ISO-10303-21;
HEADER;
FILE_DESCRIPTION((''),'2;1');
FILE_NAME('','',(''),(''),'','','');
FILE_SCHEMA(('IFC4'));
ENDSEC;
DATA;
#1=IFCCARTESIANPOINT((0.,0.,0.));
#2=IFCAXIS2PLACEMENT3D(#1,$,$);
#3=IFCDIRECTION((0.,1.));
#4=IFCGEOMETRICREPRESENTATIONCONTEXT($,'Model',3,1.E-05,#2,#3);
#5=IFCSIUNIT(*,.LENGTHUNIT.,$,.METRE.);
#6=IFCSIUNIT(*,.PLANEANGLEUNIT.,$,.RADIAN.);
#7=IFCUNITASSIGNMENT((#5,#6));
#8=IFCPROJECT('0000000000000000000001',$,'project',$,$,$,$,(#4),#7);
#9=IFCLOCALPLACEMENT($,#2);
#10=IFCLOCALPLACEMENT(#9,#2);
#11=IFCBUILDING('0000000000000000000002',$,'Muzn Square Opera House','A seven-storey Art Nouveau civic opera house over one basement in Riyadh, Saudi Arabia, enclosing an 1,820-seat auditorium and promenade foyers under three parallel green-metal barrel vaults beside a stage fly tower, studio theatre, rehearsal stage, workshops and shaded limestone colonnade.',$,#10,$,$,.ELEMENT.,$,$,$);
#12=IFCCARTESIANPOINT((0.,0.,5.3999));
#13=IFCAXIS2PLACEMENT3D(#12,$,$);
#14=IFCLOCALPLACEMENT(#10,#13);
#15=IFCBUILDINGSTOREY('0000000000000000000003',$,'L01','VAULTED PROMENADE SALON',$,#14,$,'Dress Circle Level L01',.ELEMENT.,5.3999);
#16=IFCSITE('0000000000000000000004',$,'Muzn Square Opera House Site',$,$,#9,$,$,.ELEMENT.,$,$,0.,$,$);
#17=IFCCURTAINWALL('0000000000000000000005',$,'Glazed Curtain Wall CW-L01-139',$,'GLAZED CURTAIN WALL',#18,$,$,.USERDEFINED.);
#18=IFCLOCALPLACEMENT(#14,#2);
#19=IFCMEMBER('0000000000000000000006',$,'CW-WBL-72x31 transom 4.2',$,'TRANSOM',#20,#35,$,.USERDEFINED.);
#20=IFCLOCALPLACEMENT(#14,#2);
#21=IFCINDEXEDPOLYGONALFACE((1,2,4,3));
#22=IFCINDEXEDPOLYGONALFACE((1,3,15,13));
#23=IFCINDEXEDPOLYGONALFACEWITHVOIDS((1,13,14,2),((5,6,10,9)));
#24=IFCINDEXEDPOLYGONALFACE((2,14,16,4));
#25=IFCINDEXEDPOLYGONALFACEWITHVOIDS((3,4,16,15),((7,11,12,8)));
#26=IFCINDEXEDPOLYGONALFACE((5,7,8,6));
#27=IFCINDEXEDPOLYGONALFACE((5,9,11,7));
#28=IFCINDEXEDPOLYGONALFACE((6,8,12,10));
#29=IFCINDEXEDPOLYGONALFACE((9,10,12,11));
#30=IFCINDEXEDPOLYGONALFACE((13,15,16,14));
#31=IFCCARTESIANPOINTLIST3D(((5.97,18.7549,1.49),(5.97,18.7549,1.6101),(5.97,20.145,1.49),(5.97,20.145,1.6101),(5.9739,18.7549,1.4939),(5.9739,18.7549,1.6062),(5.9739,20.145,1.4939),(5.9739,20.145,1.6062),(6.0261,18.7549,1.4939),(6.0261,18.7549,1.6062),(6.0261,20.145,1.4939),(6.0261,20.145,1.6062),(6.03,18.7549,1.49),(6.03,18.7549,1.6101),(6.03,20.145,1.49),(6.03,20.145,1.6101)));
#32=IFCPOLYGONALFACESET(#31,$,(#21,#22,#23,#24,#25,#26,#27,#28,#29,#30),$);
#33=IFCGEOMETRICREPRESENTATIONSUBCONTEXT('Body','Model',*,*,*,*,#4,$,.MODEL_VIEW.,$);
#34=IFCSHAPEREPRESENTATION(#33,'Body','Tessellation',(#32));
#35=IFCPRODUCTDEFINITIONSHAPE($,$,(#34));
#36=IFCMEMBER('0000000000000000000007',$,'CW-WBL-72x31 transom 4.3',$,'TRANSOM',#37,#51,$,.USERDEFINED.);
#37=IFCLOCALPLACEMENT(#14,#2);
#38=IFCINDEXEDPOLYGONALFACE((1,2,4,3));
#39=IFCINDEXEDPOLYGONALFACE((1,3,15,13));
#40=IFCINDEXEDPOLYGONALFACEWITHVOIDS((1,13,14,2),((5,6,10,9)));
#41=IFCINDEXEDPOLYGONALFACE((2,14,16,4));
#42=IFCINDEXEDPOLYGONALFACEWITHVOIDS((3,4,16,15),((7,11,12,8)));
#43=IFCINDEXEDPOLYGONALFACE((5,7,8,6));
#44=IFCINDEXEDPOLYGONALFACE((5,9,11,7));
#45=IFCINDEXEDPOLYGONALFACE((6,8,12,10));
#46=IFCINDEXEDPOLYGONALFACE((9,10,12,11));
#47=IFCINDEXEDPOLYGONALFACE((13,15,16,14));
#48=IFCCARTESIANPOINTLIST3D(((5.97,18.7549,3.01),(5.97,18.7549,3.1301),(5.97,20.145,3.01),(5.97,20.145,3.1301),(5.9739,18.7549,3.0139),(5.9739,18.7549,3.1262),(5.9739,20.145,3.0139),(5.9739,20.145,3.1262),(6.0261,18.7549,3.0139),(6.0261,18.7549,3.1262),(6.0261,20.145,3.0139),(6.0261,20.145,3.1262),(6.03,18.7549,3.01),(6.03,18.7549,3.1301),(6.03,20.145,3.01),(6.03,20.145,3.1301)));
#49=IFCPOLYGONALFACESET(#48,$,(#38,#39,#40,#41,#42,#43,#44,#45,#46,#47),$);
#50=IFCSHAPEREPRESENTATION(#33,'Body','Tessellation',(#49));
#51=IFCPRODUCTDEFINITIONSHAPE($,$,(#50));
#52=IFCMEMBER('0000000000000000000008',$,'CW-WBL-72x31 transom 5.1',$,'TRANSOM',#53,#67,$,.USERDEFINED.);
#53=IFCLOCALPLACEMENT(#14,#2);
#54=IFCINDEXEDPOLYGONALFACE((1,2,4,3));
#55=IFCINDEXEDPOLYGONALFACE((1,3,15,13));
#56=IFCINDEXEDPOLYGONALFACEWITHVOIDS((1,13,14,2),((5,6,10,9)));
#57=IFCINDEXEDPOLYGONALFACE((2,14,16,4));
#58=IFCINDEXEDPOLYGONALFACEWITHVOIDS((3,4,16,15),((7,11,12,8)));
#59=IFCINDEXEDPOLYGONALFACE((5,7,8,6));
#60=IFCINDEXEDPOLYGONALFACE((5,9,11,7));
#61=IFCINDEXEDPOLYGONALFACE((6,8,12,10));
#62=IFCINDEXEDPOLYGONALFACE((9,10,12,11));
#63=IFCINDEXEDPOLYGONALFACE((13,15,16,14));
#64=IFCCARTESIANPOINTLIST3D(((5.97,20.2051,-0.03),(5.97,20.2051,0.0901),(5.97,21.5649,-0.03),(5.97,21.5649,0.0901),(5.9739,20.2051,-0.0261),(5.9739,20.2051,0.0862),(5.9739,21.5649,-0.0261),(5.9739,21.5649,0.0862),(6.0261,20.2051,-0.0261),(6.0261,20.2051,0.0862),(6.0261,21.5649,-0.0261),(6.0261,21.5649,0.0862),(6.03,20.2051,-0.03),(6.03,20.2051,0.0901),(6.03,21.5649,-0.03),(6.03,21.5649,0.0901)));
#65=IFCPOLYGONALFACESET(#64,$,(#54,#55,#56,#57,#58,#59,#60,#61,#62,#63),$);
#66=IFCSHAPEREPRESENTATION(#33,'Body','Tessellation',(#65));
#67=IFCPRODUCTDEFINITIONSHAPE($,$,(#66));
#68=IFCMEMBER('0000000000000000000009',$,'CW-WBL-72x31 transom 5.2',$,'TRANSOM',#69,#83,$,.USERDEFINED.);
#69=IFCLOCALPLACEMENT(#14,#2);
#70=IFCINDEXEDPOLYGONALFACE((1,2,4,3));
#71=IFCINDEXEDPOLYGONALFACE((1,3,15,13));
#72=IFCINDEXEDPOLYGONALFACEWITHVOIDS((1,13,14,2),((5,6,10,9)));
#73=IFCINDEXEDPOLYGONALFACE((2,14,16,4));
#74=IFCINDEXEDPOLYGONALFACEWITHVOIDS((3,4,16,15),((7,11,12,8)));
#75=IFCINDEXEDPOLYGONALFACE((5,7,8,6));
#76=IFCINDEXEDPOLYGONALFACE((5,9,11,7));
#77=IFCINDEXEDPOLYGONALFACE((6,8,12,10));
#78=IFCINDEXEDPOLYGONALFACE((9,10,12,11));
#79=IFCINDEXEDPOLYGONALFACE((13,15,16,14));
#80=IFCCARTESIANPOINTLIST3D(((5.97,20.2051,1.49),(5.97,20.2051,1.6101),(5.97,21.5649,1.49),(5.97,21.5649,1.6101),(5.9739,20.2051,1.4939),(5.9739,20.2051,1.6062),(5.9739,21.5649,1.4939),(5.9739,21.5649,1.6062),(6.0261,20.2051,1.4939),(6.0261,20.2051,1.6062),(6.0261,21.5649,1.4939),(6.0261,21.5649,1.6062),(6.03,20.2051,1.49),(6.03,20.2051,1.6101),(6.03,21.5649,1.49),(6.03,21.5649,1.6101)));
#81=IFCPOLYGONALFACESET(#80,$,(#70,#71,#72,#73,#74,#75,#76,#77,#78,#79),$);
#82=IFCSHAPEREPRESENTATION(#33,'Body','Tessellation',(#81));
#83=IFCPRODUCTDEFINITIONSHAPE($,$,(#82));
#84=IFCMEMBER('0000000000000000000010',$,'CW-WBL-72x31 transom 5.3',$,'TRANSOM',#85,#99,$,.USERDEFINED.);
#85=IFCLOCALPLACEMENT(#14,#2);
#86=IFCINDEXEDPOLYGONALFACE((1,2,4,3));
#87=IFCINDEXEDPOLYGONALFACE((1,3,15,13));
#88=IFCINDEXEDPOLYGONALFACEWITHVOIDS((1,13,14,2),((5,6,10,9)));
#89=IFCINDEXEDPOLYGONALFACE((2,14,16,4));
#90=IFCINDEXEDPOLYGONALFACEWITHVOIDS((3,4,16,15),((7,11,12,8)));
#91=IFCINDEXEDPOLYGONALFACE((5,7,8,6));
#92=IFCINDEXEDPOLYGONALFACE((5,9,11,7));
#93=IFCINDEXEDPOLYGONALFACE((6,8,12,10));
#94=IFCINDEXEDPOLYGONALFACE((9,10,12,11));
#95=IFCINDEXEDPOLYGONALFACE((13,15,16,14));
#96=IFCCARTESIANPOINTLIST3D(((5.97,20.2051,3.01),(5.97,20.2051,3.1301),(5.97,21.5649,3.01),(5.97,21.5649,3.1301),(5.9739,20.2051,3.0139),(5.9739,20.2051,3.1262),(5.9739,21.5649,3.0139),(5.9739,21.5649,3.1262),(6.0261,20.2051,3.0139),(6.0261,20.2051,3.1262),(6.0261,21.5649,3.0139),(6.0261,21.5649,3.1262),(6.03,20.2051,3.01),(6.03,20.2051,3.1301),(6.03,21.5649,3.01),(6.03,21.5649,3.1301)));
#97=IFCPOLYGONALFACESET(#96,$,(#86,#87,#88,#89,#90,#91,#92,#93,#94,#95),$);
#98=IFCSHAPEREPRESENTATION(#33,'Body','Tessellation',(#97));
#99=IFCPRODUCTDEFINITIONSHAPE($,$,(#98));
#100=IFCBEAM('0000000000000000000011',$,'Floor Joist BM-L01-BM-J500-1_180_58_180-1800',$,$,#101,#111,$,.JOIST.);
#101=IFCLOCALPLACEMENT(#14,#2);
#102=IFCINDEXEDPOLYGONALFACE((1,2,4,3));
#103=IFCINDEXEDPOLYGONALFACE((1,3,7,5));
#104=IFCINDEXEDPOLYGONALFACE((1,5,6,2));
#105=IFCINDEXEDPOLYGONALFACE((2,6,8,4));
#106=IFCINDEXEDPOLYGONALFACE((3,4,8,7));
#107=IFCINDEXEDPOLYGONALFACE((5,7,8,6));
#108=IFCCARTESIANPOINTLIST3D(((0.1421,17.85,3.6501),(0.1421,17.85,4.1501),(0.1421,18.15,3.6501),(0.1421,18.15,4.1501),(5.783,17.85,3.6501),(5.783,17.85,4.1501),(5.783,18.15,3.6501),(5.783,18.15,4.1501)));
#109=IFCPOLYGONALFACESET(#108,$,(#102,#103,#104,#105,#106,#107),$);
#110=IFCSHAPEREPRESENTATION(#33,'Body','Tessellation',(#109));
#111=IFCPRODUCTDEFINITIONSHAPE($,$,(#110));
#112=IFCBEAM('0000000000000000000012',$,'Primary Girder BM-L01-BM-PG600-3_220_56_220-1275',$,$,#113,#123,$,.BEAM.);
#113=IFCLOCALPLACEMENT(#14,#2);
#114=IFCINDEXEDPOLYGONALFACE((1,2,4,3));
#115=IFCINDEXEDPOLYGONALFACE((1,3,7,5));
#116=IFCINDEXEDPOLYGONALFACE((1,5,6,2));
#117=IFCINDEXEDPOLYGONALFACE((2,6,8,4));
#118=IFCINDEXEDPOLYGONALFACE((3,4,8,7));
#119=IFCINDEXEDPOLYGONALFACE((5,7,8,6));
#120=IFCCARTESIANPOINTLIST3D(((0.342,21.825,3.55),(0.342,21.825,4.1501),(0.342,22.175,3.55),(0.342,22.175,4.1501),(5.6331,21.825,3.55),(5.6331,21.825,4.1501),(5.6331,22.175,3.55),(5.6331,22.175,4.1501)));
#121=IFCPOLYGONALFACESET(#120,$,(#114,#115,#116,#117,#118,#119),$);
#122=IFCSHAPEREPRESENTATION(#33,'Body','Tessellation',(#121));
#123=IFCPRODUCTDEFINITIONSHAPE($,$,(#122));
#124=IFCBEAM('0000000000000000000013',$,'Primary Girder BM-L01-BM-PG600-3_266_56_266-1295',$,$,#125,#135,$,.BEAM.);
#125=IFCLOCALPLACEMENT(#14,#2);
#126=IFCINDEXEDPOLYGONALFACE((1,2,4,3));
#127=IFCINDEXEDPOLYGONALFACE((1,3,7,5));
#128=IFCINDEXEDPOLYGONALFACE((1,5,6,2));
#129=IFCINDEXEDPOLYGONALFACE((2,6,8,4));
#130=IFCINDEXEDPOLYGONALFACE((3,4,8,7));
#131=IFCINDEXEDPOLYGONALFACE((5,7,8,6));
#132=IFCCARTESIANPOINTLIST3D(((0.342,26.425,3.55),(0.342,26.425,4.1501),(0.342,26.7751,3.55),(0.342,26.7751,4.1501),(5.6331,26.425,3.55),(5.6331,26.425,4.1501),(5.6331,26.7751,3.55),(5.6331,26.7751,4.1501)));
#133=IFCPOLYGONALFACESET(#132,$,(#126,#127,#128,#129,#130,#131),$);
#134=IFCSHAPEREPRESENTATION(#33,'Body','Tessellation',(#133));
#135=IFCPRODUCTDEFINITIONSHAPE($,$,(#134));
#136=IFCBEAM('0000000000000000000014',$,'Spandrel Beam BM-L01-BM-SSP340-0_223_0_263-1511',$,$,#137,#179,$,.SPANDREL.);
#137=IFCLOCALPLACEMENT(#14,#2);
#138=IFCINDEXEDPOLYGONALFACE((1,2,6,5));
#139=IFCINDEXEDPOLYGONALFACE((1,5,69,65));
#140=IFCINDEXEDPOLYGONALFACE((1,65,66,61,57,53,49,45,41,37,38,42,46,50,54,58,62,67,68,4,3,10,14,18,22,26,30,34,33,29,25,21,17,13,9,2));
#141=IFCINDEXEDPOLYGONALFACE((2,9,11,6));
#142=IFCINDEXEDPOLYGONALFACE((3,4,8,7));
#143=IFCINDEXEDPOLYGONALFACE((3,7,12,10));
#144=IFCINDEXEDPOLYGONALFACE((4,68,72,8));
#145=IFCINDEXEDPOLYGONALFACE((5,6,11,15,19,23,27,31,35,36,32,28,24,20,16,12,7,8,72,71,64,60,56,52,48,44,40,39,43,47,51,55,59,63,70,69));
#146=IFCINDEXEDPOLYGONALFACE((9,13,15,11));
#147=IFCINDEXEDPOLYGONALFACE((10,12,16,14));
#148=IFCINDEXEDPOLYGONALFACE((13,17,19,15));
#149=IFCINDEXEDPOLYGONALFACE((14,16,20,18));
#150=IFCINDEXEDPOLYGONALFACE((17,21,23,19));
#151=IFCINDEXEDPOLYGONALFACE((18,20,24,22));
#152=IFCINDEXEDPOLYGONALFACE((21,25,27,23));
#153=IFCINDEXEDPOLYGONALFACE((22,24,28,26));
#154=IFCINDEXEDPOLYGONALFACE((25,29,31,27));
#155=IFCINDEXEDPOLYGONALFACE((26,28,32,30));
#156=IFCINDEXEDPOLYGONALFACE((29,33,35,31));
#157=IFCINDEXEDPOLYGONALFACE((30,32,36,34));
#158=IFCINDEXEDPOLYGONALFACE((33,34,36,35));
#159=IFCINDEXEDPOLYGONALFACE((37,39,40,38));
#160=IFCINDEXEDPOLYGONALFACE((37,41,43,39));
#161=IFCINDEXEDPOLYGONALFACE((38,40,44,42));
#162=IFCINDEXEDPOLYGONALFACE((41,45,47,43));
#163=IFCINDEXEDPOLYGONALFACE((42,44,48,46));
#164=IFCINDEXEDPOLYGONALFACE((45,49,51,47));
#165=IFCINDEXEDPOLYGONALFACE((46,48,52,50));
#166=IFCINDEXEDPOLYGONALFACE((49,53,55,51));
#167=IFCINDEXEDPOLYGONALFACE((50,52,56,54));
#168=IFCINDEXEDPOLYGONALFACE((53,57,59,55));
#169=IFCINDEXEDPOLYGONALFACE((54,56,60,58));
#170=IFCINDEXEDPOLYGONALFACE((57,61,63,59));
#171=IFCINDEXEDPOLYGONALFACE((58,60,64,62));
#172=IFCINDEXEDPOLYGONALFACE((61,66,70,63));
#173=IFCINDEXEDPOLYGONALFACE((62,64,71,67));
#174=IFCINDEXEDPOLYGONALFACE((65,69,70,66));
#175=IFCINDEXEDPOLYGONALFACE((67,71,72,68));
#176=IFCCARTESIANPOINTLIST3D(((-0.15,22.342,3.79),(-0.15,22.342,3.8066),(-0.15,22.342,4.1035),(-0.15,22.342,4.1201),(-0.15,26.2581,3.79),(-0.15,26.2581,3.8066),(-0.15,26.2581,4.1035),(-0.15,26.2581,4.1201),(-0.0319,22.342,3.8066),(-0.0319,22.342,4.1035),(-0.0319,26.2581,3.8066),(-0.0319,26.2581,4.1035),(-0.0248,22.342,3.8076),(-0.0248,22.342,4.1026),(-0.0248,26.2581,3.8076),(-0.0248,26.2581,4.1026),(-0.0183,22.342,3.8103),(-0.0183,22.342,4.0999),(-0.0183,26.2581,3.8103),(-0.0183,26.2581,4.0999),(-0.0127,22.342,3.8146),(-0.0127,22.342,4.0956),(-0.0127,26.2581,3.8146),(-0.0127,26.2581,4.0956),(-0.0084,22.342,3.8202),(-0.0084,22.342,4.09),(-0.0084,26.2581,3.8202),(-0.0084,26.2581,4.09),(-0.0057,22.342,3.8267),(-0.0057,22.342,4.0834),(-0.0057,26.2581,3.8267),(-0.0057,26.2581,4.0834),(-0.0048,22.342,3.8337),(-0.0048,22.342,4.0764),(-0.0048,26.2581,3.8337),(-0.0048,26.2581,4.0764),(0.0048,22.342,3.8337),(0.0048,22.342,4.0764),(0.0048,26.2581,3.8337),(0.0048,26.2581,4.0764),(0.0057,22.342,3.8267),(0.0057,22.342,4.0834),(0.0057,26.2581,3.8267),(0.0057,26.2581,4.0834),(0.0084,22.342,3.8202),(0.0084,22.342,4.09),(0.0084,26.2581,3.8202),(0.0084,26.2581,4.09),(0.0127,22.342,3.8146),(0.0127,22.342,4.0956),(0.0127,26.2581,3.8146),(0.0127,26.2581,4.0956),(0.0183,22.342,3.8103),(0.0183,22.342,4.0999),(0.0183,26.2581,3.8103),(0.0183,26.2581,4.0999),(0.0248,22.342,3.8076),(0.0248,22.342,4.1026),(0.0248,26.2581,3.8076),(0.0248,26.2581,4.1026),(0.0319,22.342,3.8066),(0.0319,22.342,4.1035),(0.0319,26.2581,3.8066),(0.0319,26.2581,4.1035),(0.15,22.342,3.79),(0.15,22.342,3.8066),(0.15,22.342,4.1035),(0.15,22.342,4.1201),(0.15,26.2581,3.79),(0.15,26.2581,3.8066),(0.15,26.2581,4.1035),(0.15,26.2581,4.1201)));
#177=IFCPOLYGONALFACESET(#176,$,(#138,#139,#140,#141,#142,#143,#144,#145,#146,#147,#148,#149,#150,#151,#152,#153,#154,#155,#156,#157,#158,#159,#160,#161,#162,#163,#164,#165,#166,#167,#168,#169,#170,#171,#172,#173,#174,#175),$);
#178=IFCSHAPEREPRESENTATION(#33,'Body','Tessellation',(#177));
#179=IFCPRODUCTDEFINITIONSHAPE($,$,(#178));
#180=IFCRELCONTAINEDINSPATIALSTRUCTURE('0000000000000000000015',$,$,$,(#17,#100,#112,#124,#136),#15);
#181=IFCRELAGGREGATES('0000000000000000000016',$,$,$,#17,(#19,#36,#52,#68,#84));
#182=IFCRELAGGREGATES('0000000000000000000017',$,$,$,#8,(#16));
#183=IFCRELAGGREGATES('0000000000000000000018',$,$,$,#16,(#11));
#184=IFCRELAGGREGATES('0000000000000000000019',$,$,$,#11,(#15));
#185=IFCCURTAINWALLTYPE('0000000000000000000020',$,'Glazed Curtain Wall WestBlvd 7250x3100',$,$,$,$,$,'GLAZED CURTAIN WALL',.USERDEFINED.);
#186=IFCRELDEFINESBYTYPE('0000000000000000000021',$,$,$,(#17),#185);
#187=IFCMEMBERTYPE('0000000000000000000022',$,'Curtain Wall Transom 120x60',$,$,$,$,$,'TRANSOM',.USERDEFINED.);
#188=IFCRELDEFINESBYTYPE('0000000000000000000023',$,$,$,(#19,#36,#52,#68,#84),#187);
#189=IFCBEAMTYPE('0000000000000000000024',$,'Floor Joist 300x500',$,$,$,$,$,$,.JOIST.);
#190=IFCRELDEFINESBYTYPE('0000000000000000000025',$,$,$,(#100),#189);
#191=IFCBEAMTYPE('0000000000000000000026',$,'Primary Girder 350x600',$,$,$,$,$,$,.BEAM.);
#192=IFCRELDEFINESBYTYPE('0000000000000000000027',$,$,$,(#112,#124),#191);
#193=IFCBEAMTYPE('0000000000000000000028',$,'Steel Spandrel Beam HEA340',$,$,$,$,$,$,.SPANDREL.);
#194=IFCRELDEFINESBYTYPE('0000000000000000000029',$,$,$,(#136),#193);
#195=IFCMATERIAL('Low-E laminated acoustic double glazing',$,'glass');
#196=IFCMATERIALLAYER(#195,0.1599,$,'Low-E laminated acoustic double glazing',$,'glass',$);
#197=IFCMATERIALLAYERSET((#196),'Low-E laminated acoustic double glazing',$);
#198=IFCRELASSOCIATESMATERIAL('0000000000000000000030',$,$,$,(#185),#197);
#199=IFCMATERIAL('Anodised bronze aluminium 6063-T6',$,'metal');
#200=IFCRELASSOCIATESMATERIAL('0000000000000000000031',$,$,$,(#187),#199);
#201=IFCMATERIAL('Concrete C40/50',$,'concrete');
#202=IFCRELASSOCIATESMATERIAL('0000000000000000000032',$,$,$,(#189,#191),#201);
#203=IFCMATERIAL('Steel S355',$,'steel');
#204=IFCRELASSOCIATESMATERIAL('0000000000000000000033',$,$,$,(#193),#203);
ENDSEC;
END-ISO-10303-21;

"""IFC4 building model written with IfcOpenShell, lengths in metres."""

from ifc_helpers import new_model, si_unit, direction, frame, origin, origin_2d, place, context, subcontext, project, spatial, rectangle, hollow_rectangle, i_section, extrude, material, layer, layer_set, material_profile, profile_set, type_object, element, aggregate, save


model = new_model("IFC4")

# Units and contexts
model_context = context("Model", 3, precision=1e-05, world=origin(), true_north=direction((0.0, 1.0)))
body_context = subcontext(model_context, "Body", "Model", "MODEL_VIEW")
ifc_project = project(units=[si_unit("LENGTHUNIT", "METRE"), si_unit("PLANEANGLEUNIT", "RADIAN")], contexts=[model_context])

# Site, building, storey
site_placement = place(None, origin())
site = spatial("IfcSite", under=ifc_project, at=site_placement, Name="Muzn Square Opera House Site", CompositionType="ELEMENT", RefElevation=0.0)
building_placement = place(site_placement, origin())
building = spatial("IfcBuilding", under=site, at=building_placement, Name="Muzn Square Opera House", Description="A seven-storey Art Nouveau civic opera house over one basement in Riyadh, Saudi Arabia, enclosing an 1,820-seat auditorium and promenade foyers under three parallel green-metal barrel vaults beside a stage fly tower, studio theatre, rehearsal stage, workshops and shaded limestone colonnade.", CompositionType="ELEMENT")
storey_placement = place(building_placement, frame((0.0, 0.0, 5.3999)))
storey = spatial("IfcBuildingStorey", under=building, at=storey_placement, Name="L01", Description="VAULTED PROMENADE SALON", LongName="Dress Circle Level L01", CompositionType="ELEMENT", Elevation=5.3999)

# Curtain wall, members
ifc_material_1 = material(Name="Low-E laminated acoustic double glazing", Category="glass")
ifc_layer_1 = layer(ifc_material_1, 0.1599, Name="Low-E laminated acoustic double glazing", Category="glass")
ifc_layer_set_1 = layer_set([ifc_layer_1], Name="Low-E laminated acoustic double glazing")
curtain_wall_type = type_object("IfcCurtainWallType", Name="Glazed Curtain Wall WestBlvd 7250x3100", ElementType="GLAZED CURTAIN WALL", PredefinedType="USERDEFINED", material=ifc_layer_set_1)
curtain_wall_placement = place(storey_placement, origin())
curtain_wall = element("IfcCurtainWall", 1, at=curtain_wall_placement, inside=storey, type_object=curtain_wall_type, Name="Glazed Curtain Wall CW-L01-139", ObjectType="GLAZED CURTAIN WALL", PredefinedType="USERDEFINED")
ifc_material_2 = material(Name="Anodised bronze aluminium 6063-T6", Category="metal")
ifc_material_profile_1 = material_profile(ifc_material_2, hollow_rectangle(XDim=0.0601, YDim=0.1201, WallThickness=0.0039, at=origin_2d()), Name="ALU 120x60x4", Category="metal")
ifc_profile_set_1 = profile_set([ifc_material_profile_1], Name="Anodised bronze aluminium 6063-T6")
member_type_1 = type_object("IfcMemberType", Name="Curtain Wall Transom 120x60", ElementType="TRANSOM", PredefinedType="USERDEFINED", material=ifc_profile_set_1)
member_1_placement = place(storey_placement, frame((6.0, 18.7549, 1.55), z_axis=(0.0, 1.0, 0.0), x_axis=(-1.0, 0.0, 0.0)))
member_1 = element("IfcMember", 2, at=member_1_placement, type_object=member_type_1, Name="CW-WBL-72x31 transom 4.2", ObjectType="TRANSOM", PredefinedType="USERDEFINED", context=body_context, shape_type="SweptSolid", body=[
    extrude(hollow_rectangle(XDim=0.0601, YDim=0.1201, WallThickness=0.0039, at=origin_2d()), origin(), (0.0, 0.0, 1.0), 1.3901),
])
member_2_placement = place(storey_placement, frame((6.0, 18.7549, 3.0701), z_axis=(0.0, 1.0, 0.0), x_axis=(-1.0, 0.0, 0.0)))
member_2 = element("IfcMember", 3, at=member_2_placement, type_object=member_type_1, Name="CW-WBL-72x31 transom 4.3", ObjectType="TRANSOM", PredefinedType="USERDEFINED", context=body_context, shape_type="SweptSolid", body=[
    extrude(hollow_rectangle(XDim=0.0601, YDim=0.1201, WallThickness=0.0039, at=origin_2d()), origin(), (0.0, 0.0, 1.0), 1.3901),
])
member_3_placement = place(storey_placement, frame((6.0, 20.2051, 0.03), z_axis=(0.0, 1.0, 0.0), x_axis=(-1.0, 0.0, 0.0)))
member_3 = element("IfcMember", 4, at=member_3_placement, type_object=member_type_1, Name="CW-WBL-72x31 transom 5.1", ObjectType="TRANSOM", PredefinedType="USERDEFINED", context=body_context, shape_type="SweptSolid", body=[
    extrude(hollow_rectangle(XDim=0.0601, YDim=0.1201, WallThickness=0.0039, at=origin_2d()), origin(), (0.0, 0.0, 1.0), 1.3599),
])
member_4_placement = place(storey_placement, frame((6.0, 20.2051, 1.55), z_axis=(0.0, 1.0, 0.0), x_axis=(-1.0, 0.0, 0.0)))
member_4 = element("IfcMember", 5, at=member_4_placement, type_object=member_type_1, Name="CW-WBL-72x31 transom 5.2", ObjectType="TRANSOM", PredefinedType="USERDEFINED", context=body_context, shape_type="SweptSolid", body=[
    extrude(hollow_rectangle(XDim=0.0601, YDim=0.1201, WallThickness=0.0039, at=origin_2d()), origin(), (0.0, 0.0, 1.0), 1.3599),
])
member_5_placement = place(storey_placement, frame((6.0, 20.2051, 3.0701), z_axis=(0.0, 1.0, 0.0), x_axis=(-1.0, 0.0, 0.0)))
member_5 = element("IfcMember", 6, at=member_5_placement, type_object=member_type_1, Name="CW-WBL-72x31 transom 5.3", ObjectType="TRANSOM", PredefinedType="USERDEFINED", context=body_context, shape_type="SweptSolid", body=[
    extrude(hollow_rectangle(XDim=0.0601, YDim=0.1201, WallThickness=0.0039, at=origin_2d()), origin(), (0.0, 0.0, 1.0), 1.3599),
])

# Beams
ifc_material_3 = material(Name="Concrete C40/50", Category="concrete")
ifc_material_profile_2 = material_profile(ifc_material_3, rectangle(XDim=0.3, YDim=0.5, at=origin_2d()), Name="RCJ 300x500", Category="concrete")
ifc_profile_set_2 = profile_set([ifc_material_profile_2], Name="Concrete C40/50")
beam_type_1 = type_object("IfcBeamType", Name="Floor Joist 300x500", PredefinedType="JOIST", material=ifc_profile_set_2)
beam_placement = place(storey_placement, frame((0.1421, 18.0, 3.9001), z_axis=(1.0, 0.0, 0.0), x_axis=(0.0, 1.0, 0.0)))
element("IfcBeam", 7, at=beam_placement, inside=storey, type_object=beam_type_1, Name="Floor Joist BM-L01-BM-J500-1_180_58_180-1800", PredefinedType="JOIST", context=body_context, shape_type="SweptSolid", body=[
    extrude(rectangle(XDim=0.3, YDim=0.5, at=origin_2d()), origin(), (0.0, 0.0, 1.0), 5.6409),
])
ifc_material_profile_3 = material_profile(ifc_material_3, rectangle(XDim=0.3501, YDim=0.6001, at=origin_2d()), Name="RCB 350x600", Category="concrete")
ifc_profile_set_3 = profile_set([ifc_material_profile_3], Name="Concrete C40/50")
beam_type_2 = type_object("IfcBeamType", Name="Primary Girder 350x600", PredefinedType="BEAM", material=ifc_profile_set_3)
for number, where, z_axis, x_axis, name in (
    (8, (0.342, 22.0, 3.8501), (1.0, 0.0, 0.0), (0.0, 1.0, 0.0), "Primary Girder BM-L01-BM-PG600-3_220_56_220-1275"),
    (9, (0.342, 26.6001, 3.8501), (1.0, 0.0, 0.0), (0.0, 1.0, 0.0), "Primary Girder BM-L01-BM-PG600-3_266_56_266-1295"),
):
    element("IfcBeam", number, at=place(storey_placement, frame(where, z_axis=z_axis, x_axis=x_axis)), inside=storey, type_object=beam_type_2, Name=name, PredefinedType="BEAM", context=body_context, shape_type="SweptSolid", body=[
        extrude(rectangle(XDim=0.3501, YDim=0.6001, at=origin_2d()), origin(), (0.0, 0.0, 1.0), 5.291),
    ])
ifc_material_4 = material(Name="Steel S355", Category="steel")
ifc_material_profile_4 = material_profile(ifc_material_4, i_section(OverallWidth=0.3, OverallDepth=0.3301, WebThickness=0.0095, FlangeThickness=0.0166, FilletRadius=0.0271, at=origin_2d()), Name="HEA 340", Category="steel")
ifc_profile_set_4 = profile_set([ifc_material_profile_4], Name="Steel S355")
beam_type_3 = type_object("IfcBeamType", Name="Steel Spandrel Beam HEA340", PredefinedType="SPANDREL", material=ifc_profile_set_4)
for number, where, z_axis, x_axis, name in (
    (10, (0.0, 22.342, 3.9551), (0.0, 1.0, 0.0), (-1.0, 0.0, 0.0), "Spandrel Beam BM-L01-BM-SSP340-0_223_0_263-1511"),
):
    element("IfcBeam", number, at=place(storey_placement, frame(where, z_axis=z_axis, x_axis=x_axis)), inside=storey, type_object=beam_type_3, Name=name, PredefinedType="SPANDREL", context=body_context, shape_type="SweptSolid", body=[
        extrude(i_section(OverallWidth=0.3, OverallDepth=0.3301, WebThickness=0.0095, FlangeThickness=0.0166, FilletRadius=0.0271, at=origin_2d()), origin(), (0.0, 0.0, 1.0), 3.916),
    ])

aggregate(curtain_wall, [member_1, member_2, member_3, member_4, member_5])

save(model, "model.ifc")
